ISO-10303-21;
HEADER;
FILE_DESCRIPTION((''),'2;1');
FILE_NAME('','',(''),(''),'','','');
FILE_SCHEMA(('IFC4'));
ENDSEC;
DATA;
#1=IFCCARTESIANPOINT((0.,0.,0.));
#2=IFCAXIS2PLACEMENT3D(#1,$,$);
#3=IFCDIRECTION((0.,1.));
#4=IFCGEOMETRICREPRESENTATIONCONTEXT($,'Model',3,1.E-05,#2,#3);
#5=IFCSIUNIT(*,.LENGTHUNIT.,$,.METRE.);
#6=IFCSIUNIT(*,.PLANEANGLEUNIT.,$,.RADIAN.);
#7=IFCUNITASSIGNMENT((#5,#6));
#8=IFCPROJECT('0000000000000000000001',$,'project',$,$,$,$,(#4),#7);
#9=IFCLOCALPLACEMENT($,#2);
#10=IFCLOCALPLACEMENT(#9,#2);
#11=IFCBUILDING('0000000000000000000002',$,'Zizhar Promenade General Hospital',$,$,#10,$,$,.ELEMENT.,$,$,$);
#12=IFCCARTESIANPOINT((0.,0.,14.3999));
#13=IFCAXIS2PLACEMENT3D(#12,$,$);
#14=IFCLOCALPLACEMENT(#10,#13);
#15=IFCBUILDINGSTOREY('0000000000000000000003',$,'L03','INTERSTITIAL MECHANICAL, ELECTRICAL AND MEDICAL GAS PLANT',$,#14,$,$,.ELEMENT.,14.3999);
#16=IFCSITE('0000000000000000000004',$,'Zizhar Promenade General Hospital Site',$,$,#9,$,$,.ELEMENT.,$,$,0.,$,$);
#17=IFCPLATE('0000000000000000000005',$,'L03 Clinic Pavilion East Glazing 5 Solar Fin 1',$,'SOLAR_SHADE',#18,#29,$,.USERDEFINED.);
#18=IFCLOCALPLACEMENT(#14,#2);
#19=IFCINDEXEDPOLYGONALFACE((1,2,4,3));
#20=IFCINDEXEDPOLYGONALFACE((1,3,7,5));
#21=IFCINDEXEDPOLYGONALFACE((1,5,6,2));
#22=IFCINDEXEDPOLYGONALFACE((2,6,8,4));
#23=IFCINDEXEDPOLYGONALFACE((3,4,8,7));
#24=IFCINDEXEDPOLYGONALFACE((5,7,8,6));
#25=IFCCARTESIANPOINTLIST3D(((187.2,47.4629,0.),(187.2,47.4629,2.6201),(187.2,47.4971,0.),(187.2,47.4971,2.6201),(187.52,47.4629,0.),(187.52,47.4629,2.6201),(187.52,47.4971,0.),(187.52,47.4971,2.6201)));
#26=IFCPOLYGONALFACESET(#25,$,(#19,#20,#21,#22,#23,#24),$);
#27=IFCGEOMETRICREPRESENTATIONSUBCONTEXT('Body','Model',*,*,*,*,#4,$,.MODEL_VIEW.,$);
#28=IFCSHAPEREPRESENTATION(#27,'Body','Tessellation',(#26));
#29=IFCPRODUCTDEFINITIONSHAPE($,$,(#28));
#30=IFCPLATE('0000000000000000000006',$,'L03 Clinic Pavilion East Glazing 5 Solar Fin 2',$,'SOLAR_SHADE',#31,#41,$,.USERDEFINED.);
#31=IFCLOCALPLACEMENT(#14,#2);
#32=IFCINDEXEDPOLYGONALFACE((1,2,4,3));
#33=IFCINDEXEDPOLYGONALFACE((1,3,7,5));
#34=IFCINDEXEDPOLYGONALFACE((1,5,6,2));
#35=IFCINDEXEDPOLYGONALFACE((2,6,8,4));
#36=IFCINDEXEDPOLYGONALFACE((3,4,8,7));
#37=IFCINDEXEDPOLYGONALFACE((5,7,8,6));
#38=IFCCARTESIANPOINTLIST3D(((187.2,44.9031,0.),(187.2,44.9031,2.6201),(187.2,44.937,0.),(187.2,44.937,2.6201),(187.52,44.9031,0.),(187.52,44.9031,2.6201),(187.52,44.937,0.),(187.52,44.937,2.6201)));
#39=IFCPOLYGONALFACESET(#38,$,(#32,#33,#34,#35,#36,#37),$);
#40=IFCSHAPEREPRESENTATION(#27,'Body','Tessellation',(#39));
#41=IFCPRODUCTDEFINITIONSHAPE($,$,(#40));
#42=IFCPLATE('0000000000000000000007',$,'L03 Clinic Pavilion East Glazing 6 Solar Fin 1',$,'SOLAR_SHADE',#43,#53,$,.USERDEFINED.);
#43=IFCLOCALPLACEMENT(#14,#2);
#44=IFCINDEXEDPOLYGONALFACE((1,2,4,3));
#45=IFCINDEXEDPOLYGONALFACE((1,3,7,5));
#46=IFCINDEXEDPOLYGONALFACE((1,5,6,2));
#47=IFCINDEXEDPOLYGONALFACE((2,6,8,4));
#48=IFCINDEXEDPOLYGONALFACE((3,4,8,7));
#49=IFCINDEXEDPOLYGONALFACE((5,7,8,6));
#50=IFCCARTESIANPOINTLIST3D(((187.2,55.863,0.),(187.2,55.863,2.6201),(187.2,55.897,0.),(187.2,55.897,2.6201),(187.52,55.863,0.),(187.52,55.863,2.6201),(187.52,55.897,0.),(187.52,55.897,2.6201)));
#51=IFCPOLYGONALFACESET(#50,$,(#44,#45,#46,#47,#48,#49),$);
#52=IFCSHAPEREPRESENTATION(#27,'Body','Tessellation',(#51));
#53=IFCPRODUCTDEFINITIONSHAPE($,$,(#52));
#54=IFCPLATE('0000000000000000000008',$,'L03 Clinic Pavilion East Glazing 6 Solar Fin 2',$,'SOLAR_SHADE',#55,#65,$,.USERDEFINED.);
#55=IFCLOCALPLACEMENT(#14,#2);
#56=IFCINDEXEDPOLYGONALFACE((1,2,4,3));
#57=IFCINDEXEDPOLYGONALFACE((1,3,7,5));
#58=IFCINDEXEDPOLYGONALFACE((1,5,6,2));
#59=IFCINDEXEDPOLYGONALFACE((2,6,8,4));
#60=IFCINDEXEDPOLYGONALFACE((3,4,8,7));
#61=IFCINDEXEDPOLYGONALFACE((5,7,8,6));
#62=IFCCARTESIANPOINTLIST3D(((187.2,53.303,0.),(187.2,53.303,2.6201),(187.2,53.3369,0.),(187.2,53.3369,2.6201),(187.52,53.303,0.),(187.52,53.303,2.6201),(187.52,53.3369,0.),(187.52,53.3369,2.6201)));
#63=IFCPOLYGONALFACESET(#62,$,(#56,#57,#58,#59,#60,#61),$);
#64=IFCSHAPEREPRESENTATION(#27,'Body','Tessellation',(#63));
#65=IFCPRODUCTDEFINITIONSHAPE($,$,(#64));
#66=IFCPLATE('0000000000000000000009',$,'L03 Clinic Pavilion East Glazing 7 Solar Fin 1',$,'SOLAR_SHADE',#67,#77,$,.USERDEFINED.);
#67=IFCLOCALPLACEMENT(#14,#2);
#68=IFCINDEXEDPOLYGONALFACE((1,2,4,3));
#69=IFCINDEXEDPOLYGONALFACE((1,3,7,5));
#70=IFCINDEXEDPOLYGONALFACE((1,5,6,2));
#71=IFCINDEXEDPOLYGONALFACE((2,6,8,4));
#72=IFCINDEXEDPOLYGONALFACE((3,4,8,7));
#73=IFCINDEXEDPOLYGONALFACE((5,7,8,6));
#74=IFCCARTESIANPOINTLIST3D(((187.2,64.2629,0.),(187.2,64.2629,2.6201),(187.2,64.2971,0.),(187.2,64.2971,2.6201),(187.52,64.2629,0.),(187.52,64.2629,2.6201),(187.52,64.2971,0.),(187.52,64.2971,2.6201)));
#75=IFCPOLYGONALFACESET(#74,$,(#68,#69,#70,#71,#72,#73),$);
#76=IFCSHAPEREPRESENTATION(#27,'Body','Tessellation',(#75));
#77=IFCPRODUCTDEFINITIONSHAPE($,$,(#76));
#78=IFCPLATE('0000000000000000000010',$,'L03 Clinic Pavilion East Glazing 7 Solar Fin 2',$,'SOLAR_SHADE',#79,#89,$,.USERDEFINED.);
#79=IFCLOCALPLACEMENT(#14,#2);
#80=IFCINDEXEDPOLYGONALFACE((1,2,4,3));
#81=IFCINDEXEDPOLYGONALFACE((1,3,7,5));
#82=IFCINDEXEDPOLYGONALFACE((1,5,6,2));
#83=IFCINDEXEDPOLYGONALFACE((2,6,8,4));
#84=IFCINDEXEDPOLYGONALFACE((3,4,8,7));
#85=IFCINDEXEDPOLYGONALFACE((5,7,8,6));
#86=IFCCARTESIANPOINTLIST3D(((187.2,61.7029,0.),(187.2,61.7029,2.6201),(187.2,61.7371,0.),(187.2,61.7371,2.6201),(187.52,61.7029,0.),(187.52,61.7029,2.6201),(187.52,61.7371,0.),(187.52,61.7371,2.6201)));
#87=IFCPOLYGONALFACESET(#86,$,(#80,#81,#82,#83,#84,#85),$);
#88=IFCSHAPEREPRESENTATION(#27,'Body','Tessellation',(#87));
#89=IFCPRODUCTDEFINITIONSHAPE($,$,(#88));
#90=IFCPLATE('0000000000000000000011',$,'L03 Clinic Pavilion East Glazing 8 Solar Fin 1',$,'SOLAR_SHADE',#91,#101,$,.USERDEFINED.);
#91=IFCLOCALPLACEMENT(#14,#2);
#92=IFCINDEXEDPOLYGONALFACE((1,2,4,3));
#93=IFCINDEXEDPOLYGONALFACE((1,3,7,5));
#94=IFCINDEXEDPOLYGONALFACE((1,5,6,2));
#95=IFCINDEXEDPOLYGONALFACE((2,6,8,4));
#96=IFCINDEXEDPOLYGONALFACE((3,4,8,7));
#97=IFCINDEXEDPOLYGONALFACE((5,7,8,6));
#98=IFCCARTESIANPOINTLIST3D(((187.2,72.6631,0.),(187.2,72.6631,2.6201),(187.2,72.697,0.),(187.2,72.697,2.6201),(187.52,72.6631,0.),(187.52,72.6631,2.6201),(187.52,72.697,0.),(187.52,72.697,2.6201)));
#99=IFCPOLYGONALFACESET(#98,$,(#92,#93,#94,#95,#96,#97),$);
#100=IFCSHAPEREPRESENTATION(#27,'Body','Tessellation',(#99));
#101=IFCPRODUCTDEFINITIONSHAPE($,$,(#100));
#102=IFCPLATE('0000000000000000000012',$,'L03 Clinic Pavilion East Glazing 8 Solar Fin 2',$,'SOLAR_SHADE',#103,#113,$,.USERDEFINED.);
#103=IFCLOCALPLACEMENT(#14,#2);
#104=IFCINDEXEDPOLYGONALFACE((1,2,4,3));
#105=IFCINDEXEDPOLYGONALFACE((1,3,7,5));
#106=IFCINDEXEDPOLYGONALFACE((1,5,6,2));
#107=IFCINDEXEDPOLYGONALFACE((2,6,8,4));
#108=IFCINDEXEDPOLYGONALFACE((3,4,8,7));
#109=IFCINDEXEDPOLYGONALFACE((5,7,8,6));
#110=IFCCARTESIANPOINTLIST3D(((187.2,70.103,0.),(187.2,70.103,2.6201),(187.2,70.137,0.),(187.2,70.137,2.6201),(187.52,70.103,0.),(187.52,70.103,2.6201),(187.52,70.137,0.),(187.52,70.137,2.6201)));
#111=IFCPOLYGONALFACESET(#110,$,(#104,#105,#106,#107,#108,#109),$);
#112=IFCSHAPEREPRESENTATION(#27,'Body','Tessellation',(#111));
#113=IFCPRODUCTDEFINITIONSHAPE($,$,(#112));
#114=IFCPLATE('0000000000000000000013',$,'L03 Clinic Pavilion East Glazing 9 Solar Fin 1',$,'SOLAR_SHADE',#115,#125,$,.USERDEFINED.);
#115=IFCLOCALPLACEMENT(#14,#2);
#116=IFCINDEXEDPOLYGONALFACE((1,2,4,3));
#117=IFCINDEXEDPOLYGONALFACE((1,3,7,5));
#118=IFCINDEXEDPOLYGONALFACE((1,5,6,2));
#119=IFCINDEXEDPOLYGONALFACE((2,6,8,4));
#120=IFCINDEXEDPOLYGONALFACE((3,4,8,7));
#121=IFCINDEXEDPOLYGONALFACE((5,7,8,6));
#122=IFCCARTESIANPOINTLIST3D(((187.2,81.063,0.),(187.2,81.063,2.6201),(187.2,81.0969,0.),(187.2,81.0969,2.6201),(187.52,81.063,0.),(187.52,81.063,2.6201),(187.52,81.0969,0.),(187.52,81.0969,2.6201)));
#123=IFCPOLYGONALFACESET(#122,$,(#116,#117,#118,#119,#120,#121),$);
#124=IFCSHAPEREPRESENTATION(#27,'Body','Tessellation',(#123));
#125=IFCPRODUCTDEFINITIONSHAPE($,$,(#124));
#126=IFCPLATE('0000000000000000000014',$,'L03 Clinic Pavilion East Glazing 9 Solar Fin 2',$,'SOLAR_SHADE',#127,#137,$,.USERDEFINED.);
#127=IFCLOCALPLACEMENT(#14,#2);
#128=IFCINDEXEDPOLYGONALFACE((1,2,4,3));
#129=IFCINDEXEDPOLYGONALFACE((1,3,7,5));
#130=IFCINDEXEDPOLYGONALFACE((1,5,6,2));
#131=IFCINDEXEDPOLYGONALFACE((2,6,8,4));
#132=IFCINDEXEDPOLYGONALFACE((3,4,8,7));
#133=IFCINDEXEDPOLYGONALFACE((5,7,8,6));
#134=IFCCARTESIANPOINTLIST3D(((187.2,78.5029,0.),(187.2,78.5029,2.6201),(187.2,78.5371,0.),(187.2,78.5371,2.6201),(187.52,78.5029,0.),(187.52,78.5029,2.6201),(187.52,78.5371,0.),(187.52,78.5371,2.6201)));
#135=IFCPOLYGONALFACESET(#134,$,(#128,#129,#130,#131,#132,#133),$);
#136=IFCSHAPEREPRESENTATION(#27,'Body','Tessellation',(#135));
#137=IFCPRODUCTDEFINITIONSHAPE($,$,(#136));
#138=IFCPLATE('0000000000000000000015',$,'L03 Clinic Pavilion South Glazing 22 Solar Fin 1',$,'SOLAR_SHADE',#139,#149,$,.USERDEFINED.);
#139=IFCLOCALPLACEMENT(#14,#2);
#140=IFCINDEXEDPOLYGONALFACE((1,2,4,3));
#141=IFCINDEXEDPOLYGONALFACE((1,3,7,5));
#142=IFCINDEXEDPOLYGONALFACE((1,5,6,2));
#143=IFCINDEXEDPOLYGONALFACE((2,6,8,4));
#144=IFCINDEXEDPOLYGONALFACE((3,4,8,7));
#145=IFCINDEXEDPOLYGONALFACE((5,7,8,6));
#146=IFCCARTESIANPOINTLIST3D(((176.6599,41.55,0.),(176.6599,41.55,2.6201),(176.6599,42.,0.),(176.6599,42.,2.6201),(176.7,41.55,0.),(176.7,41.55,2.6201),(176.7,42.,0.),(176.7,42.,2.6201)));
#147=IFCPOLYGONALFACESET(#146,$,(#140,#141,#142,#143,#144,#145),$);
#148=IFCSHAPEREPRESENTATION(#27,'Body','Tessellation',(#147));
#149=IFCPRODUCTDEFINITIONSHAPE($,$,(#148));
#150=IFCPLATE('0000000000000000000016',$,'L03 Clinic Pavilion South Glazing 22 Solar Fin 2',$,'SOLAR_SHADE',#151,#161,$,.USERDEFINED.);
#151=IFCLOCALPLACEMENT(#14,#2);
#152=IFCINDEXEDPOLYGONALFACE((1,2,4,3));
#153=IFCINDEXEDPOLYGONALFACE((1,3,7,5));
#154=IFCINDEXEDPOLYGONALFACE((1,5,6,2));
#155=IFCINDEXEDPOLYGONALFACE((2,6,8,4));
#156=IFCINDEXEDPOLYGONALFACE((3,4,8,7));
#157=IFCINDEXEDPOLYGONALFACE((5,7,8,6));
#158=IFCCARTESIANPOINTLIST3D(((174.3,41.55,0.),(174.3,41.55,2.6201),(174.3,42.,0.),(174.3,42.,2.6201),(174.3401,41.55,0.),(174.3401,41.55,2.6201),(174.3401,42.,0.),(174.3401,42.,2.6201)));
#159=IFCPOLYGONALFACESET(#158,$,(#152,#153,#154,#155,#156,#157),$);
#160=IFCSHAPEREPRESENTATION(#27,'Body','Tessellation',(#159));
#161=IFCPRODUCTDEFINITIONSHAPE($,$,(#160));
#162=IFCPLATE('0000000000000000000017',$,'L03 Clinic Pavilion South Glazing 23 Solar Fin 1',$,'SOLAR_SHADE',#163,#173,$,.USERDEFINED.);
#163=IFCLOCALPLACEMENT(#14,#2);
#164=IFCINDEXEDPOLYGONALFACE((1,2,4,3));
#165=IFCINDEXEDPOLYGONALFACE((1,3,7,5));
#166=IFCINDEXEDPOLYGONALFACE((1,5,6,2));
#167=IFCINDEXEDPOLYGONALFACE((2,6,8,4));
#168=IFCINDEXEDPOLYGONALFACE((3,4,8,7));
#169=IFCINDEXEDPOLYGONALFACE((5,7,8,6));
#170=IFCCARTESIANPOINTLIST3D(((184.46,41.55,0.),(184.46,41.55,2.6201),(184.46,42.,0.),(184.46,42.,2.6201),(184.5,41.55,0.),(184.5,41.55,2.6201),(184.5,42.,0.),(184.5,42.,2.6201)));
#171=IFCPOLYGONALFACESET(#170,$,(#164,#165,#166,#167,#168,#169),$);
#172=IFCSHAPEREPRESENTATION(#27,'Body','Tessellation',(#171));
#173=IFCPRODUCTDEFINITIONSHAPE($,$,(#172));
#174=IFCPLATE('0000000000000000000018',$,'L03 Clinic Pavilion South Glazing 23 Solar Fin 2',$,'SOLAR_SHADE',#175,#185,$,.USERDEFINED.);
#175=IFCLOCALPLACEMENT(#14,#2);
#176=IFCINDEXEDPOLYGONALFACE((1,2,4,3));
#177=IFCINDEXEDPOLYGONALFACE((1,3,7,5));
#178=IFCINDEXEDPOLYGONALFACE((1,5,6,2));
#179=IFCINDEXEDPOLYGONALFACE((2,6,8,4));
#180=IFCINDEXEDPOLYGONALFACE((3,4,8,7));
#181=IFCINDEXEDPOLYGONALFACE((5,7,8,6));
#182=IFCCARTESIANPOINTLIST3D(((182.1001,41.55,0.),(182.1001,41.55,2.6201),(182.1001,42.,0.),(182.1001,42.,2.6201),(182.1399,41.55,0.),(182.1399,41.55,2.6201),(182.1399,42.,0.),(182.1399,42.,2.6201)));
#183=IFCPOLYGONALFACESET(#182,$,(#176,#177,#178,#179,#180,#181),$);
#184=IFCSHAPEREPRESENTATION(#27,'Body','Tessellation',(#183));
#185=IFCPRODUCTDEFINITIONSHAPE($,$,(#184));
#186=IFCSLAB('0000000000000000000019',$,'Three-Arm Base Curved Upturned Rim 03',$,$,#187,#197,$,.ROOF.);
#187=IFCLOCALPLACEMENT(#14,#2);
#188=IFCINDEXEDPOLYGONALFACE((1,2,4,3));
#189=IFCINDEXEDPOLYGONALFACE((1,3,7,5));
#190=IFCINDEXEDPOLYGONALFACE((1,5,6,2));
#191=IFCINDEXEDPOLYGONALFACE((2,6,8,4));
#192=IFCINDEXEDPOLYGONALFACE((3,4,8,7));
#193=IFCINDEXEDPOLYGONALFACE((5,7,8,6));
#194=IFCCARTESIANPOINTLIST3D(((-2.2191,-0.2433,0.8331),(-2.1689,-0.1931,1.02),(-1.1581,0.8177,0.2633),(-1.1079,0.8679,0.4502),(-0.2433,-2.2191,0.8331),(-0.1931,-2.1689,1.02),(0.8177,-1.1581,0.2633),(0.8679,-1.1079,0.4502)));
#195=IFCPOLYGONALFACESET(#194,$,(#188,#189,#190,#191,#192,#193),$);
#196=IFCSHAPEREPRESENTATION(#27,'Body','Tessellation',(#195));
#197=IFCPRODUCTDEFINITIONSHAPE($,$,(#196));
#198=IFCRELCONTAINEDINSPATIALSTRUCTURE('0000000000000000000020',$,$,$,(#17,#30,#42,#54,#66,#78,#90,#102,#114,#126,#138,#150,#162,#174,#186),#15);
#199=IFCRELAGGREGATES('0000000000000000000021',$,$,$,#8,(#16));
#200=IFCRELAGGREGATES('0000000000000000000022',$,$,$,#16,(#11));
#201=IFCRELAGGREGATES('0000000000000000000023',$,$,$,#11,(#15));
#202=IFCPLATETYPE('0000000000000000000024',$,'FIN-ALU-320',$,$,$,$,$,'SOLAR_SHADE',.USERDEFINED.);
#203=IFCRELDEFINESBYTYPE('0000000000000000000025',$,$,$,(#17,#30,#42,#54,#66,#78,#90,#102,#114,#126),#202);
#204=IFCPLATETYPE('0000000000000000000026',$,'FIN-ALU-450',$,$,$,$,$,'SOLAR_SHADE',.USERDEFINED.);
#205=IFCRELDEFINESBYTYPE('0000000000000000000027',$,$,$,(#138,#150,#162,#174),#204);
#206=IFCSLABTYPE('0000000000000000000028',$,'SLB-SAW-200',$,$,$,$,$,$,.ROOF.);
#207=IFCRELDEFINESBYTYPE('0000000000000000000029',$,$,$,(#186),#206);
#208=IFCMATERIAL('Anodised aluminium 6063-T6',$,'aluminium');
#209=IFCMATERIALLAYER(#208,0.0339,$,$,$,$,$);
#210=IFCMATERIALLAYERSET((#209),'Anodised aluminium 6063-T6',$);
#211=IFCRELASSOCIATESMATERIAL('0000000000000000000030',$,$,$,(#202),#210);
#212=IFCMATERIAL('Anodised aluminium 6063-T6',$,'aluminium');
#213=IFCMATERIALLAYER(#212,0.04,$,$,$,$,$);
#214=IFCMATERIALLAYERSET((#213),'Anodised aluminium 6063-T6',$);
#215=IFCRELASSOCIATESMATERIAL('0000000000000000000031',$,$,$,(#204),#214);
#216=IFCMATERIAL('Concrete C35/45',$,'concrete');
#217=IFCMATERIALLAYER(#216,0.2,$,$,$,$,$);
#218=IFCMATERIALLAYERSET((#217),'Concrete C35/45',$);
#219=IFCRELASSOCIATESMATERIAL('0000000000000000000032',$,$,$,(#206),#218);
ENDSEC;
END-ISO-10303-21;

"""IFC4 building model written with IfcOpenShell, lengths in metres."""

from ifc_helpers import new_model, si_unit, direction, frame, origin, place, context, subcontext, project, spatial, polyline, outline, extrude, material, layer, layer_set, type_object, element, save


model = new_model("IFC4")

# Units and contexts
model_context = context("Model", 3, precision=1e-05, world=origin(), true_north=direction((0.0, 1.0)))
body_context = subcontext(model_context, "Body", "Model", "MODEL_VIEW")
ifc_project = project(units=[si_unit("LENGTHUNIT", "METRE"), si_unit("PLANEANGLEUNIT", "RADIAN")], contexts=[model_context])

# Site, building, storey
site_placement = place(None, origin())
site = spatial("IfcSite", under=ifc_project, at=site_placement, Name="Zizhar Promenade General Hospital Site", CompositionType="ELEMENT", RefElevation=0.0)
building_placement = place(site_placement, origin())
building = spatial("IfcBuilding", under=site, at=building_placement, Name="Zizhar Promenade General Hospital", CompositionType="ELEMENT")
storey_placement = place(building_placement, frame((0.0, 0.0, 14.3999)))
storey = spatial("IfcBuildingStorey", under=building, at=storey_placement, Name="L03", Description="INTERSTITIAL MECHANICAL, ELECTRICAL AND MEDICAL GAS PLANT", CompositionType="ELEMENT", Elevation=14.3999)

# Plates
ifc_material_1 = material(Name="Anodised aluminium 6063-T6", Category="aluminium")
ifc_layer_1 = layer(ifc_material_1, 0.0339)
ifc_layer_set_1 = layer_set([ifc_layer_1], Name="Anodised aluminium 6063-T6")
plate_type_1 = type_object("IfcPlateType", Name="FIN-ALU-320", ElementType="SOLAR_SHADE", PredefinedType="USERDEFINED", material=ifc_layer_set_1)
plate_1_placement = place(storey_placement, origin())
element("IfcPlate", 1, at=plate_1_placement, inside=storey, type_object=plate_type_1, Name="L03 Clinic Pavilion East Glazing 5 Solar Fin 1", ObjectType="SOLAR_SHADE", PredefinedType="USERDEFINED", context=body_context, shape_type="SweptSolid", body=[
    extrude(outline(polyline([(187.2, 47.4971), (187.2, 47.4629), (187.52, 47.4629), (187.52, 47.4971), (187.2, 47.4971)])), origin(), (0.0, 0.0, 1.0), 2.6201),
])
plate_2_placement = place(storey_placement, origin())
element("IfcPlate", 2, at=plate_2_placement, inside=storey, type_object=plate_type_1, Name="L03 Clinic Pavilion East Glazing 5 Solar Fin 2", ObjectType="SOLAR_SHADE", PredefinedType="USERDEFINED", context=body_context, shape_type="SweptSolid", body=[
    extrude(outline(polyline([(187.2, 44.937), (187.2, 44.9031), (187.52, 44.9031), (187.52, 44.937), (187.2, 44.937)])), origin(), (0.0, 0.0, 1.0), 2.6201),
])
plate_3_placement = place(storey_placement, origin())
element("IfcPlate", 3, at=plate_3_placement, inside=storey, type_object=plate_type_1, Name="L03 Clinic Pavilion East Glazing 6 Solar Fin 1", ObjectType="SOLAR_SHADE", PredefinedType="USERDEFINED", context=body_context, shape_type="SweptSolid", body=[
    extrude(outline(polyline([(187.2, 55.897), (187.2, 55.863), (187.52, 55.863), (187.52, 55.897), (187.2, 55.897)])), origin(), (0.0, 0.0, 1.0), 2.6201),
])
plate_4_placement = place(storey_placement, origin())
element("IfcPlate", 4, at=plate_4_placement, inside=storey, type_object=plate_type_1, Name="L03 Clinic Pavilion East Glazing 6 Solar Fin 2", ObjectType="SOLAR_SHADE", PredefinedType="USERDEFINED", context=body_context, shape_type="SweptSolid", body=[
    extrude(outline(polyline([(187.2, 53.3369), (187.2, 53.303), (187.52, 53.303), (187.52, 53.3369), (187.2, 53.3369)])), origin(), (0.0, 0.0, 1.0), 2.6201),
])
plate_5_placement = place(storey_placement, origin())
element("IfcPlate", 5, at=plate_5_placement, inside=storey, type_object=plate_type_1, Name="L03 Clinic Pavilion East Glazing 7 Solar Fin 1", ObjectType="SOLAR_SHADE", PredefinedType="USERDEFINED", context=body_context, shape_type="SweptSolid", body=[
    extrude(outline(polyline([(187.2, 64.2971), (187.2, 64.2629), (187.52, 64.2629), (187.52, 64.2971), (187.2, 64.2971)])), origin(), (0.0, 0.0, 1.0), 2.6201),
])
plate_6_placement = place(storey_placement, origin())
element("IfcPlate", 6, at=plate_6_placement, inside=storey, type_object=plate_type_1, Name="L03 Clinic Pavilion East Glazing 7 Solar Fin 2", ObjectType="SOLAR_SHADE", PredefinedType="USERDEFINED", context=body_context, shape_type="SweptSolid", body=[
    extrude(outline(polyline([(187.2, 61.7371), (187.2, 61.7029), (187.52, 61.7029), (187.52, 61.7371), (187.2, 61.7371)])), origin(), (0.0, 0.0, 1.0), 2.6201),
])
plate_7_placement = place(storey_placement, origin())
element("IfcPlate", 7, at=plate_7_placement, inside=storey, type_object=plate_type_1, Name="L03 Clinic Pavilion East Glazing 8 Solar Fin 1", ObjectType="SOLAR_SHADE", PredefinedType="USERDEFINED", context=body_context, shape_type="SweptSolid", body=[
    extrude(outline(polyline([(187.2, 72.697), (187.2, 72.6631), (187.52, 72.6631), (187.52, 72.697), (187.2, 72.697)])), origin(), (0.0, 0.0, 1.0), 2.6201),
])
plate_8_placement = place(storey_placement, origin())
element("IfcPlate", 8, at=plate_8_placement, inside=storey, type_object=plate_type_1, Name="L03 Clinic Pavilion East Glazing 8 Solar Fin 2", ObjectType="SOLAR_SHADE", PredefinedType="USERDEFINED", context=body_context, shape_type="SweptSolid", body=[
    extrude(outline(polyline([(187.2, 70.137), (187.2, 70.103), (187.52, 70.103), (187.52, 70.137), (187.2, 70.137)])), origin(), (0.0, 0.0, 1.0), 2.6201),
])
plate_9_placement = place(storey_placement, origin())
element("IfcPlate", 9, at=plate_9_placement, inside=storey, type_object=plate_type_1, Name="L03 Clinic Pavilion East Glazing 9 Solar Fin 1", ObjectType="SOLAR_SHADE", PredefinedType="USERDEFINED", context=body_context, shape_type="SweptSolid", body=[
    extrude(outline(polyline([(187.2, 81.0969), (187.2, 81.063), (187.52, 81.063), (187.52, 81.0969), (187.2, 81.0969)])), origin(), (0.0, 0.0, 1.0), 2.6201),
])
plate_10_placement = place(storey_placement, origin())
element("IfcPlate", 10, at=plate_10_placement, inside=storey, type_object=plate_type_1, Name="L03 Clinic Pavilion East Glazing 9 Solar Fin 2", ObjectType="SOLAR_SHADE", PredefinedType="USERDEFINED", context=body_context, shape_type="SweptSolid", body=[
    extrude(outline(polyline([(187.2, 78.5371), (187.2, 78.5029), (187.52, 78.5029), (187.52, 78.5371), (187.2, 78.5371)])), origin(), (0.0, 0.0, 1.0), 2.6201),
])
ifc_material_2 = material(Name="Anodised aluminium 6063-T6", Category="aluminium")
ifc_layer_2 = layer(ifc_material_2, 0.04)
ifc_layer_set_2 = layer_set([ifc_layer_2], Name="Anodised aluminium 6063-T6")
plate_type_2 = type_object("IfcPlateType", Name="FIN-ALU-450", ElementType="SOLAR_SHADE", PredefinedType="USERDEFINED", material=ifc_layer_set_2)
plate_11_placement = place(storey_placement, origin())
element("IfcPlate", 11, at=plate_11_placement, inside=storey, type_object=plate_type_2, Name="L03 Clinic Pavilion South Glazing 22 Solar Fin 1", ObjectType="SOLAR_SHADE", PredefinedType="USERDEFINED", context=body_context, shape_type="SweptSolid", body=[
    extrude(outline(polyline([(176.7, 42.0), (176.6599, 42.0), (176.6599, 41.55), (176.7, 41.55), (176.7, 42.0)])), origin(), (0.0, 0.0, 1.0), 2.6201),
])
plate_12_placement = place(storey_placement, origin())
element("IfcPlate", 12, at=plate_12_placement, inside=storey, type_object=plate_type_2, Name="L03 Clinic Pavilion South Glazing 22 Solar Fin 2", ObjectType="SOLAR_SHADE", PredefinedType="USERDEFINED", context=body_context, shape_type="SweptSolid", body=[
    extrude(outline(polyline([(174.3401, 42.0), (174.3, 42.0), (174.3, 41.55), (174.3401, 41.55), (174.3401, 42.0)])), origin(), (0.0, 0.0, 1.0), 2.6201),
])
plate_13_placement = place(storey_placement, origin())
element("IfcPlate", 13, at=plate_13_placement, inside=storey, type_object=plate_type_2, Name="L03 Clinic Pavilion South Glazing 23 Solar Fin 1", ObjectType="SOLAR_SHADE", PredefinedType="USERDEFINED", context=body_context, shape_type="SweptSolid", body=[
    extrude(outline(polyline([(184.5, 42.0), (184.46, 42.0), (184.46, 41.55), (184.5, 41.55), (184.5, 42.0)])), origin(), (0.0, 0.0, 1.0), 2.6201),
])
plate_14_placement = place(storey_placement, origin())
element("IfcPlate", 14, at=plate_14_placement, inside=storey, type_object=plate_type_2, Name="L03 Clinic Pavilion South Glazing 23 Solar Fin 2", ObjectType="SOLAR_SHADE", PredefinedType="USERDEFINED", context=body_context, shape_type="SweptSolid", body=[
    extrude(outline(polyline([(182.1399, 42.0), (182.1001, 42.0), (182.1001, 41.55), (182.1399, 41.55), (182.1399, 42.0)])), origin(), (0.0, 0.0, 1.0), 2.6201),
])

# Slab
ifc_material_3 = material(Name="Concrete C35/45", Category="concrete")
ifc_layer_3 = layer(ifc_material_3, 0.2)
ifc_layer_set_3 = layer_set([ifc_layer_3], Name="Concrete C35/45")
slab_type = type_object("IfcSlabType", Name="SLB-SAW-200", PredefinedType="ROOF", material=ifc_layer_set_3)
slab_placement = place(storey_placement, frame((-2.1689, -0.1931, 1.02), z_axis=(0.251032, 0.251032, 0.934862), x_axis=(0.707107, -0.707107, 0.0)))
element("IfcSlab", 15, at=slab_placement, inside=storey, type_object=slab_type, Name="Three-Arm Base Curved Upturned Rim 03", PredefinedType="ROOF", context=body_context, shape_type="SweptSolid", body=[
    extrude(outline(polyline([(0.0, 0.0), (2.7942, 0.0), (2.7942, 1.6051), (0.0, 1.6051), (0.0, 0.0)])), origin(), (0.0, 0.0, -1.0), 0.2),
])

save(model, "model.ifc")
